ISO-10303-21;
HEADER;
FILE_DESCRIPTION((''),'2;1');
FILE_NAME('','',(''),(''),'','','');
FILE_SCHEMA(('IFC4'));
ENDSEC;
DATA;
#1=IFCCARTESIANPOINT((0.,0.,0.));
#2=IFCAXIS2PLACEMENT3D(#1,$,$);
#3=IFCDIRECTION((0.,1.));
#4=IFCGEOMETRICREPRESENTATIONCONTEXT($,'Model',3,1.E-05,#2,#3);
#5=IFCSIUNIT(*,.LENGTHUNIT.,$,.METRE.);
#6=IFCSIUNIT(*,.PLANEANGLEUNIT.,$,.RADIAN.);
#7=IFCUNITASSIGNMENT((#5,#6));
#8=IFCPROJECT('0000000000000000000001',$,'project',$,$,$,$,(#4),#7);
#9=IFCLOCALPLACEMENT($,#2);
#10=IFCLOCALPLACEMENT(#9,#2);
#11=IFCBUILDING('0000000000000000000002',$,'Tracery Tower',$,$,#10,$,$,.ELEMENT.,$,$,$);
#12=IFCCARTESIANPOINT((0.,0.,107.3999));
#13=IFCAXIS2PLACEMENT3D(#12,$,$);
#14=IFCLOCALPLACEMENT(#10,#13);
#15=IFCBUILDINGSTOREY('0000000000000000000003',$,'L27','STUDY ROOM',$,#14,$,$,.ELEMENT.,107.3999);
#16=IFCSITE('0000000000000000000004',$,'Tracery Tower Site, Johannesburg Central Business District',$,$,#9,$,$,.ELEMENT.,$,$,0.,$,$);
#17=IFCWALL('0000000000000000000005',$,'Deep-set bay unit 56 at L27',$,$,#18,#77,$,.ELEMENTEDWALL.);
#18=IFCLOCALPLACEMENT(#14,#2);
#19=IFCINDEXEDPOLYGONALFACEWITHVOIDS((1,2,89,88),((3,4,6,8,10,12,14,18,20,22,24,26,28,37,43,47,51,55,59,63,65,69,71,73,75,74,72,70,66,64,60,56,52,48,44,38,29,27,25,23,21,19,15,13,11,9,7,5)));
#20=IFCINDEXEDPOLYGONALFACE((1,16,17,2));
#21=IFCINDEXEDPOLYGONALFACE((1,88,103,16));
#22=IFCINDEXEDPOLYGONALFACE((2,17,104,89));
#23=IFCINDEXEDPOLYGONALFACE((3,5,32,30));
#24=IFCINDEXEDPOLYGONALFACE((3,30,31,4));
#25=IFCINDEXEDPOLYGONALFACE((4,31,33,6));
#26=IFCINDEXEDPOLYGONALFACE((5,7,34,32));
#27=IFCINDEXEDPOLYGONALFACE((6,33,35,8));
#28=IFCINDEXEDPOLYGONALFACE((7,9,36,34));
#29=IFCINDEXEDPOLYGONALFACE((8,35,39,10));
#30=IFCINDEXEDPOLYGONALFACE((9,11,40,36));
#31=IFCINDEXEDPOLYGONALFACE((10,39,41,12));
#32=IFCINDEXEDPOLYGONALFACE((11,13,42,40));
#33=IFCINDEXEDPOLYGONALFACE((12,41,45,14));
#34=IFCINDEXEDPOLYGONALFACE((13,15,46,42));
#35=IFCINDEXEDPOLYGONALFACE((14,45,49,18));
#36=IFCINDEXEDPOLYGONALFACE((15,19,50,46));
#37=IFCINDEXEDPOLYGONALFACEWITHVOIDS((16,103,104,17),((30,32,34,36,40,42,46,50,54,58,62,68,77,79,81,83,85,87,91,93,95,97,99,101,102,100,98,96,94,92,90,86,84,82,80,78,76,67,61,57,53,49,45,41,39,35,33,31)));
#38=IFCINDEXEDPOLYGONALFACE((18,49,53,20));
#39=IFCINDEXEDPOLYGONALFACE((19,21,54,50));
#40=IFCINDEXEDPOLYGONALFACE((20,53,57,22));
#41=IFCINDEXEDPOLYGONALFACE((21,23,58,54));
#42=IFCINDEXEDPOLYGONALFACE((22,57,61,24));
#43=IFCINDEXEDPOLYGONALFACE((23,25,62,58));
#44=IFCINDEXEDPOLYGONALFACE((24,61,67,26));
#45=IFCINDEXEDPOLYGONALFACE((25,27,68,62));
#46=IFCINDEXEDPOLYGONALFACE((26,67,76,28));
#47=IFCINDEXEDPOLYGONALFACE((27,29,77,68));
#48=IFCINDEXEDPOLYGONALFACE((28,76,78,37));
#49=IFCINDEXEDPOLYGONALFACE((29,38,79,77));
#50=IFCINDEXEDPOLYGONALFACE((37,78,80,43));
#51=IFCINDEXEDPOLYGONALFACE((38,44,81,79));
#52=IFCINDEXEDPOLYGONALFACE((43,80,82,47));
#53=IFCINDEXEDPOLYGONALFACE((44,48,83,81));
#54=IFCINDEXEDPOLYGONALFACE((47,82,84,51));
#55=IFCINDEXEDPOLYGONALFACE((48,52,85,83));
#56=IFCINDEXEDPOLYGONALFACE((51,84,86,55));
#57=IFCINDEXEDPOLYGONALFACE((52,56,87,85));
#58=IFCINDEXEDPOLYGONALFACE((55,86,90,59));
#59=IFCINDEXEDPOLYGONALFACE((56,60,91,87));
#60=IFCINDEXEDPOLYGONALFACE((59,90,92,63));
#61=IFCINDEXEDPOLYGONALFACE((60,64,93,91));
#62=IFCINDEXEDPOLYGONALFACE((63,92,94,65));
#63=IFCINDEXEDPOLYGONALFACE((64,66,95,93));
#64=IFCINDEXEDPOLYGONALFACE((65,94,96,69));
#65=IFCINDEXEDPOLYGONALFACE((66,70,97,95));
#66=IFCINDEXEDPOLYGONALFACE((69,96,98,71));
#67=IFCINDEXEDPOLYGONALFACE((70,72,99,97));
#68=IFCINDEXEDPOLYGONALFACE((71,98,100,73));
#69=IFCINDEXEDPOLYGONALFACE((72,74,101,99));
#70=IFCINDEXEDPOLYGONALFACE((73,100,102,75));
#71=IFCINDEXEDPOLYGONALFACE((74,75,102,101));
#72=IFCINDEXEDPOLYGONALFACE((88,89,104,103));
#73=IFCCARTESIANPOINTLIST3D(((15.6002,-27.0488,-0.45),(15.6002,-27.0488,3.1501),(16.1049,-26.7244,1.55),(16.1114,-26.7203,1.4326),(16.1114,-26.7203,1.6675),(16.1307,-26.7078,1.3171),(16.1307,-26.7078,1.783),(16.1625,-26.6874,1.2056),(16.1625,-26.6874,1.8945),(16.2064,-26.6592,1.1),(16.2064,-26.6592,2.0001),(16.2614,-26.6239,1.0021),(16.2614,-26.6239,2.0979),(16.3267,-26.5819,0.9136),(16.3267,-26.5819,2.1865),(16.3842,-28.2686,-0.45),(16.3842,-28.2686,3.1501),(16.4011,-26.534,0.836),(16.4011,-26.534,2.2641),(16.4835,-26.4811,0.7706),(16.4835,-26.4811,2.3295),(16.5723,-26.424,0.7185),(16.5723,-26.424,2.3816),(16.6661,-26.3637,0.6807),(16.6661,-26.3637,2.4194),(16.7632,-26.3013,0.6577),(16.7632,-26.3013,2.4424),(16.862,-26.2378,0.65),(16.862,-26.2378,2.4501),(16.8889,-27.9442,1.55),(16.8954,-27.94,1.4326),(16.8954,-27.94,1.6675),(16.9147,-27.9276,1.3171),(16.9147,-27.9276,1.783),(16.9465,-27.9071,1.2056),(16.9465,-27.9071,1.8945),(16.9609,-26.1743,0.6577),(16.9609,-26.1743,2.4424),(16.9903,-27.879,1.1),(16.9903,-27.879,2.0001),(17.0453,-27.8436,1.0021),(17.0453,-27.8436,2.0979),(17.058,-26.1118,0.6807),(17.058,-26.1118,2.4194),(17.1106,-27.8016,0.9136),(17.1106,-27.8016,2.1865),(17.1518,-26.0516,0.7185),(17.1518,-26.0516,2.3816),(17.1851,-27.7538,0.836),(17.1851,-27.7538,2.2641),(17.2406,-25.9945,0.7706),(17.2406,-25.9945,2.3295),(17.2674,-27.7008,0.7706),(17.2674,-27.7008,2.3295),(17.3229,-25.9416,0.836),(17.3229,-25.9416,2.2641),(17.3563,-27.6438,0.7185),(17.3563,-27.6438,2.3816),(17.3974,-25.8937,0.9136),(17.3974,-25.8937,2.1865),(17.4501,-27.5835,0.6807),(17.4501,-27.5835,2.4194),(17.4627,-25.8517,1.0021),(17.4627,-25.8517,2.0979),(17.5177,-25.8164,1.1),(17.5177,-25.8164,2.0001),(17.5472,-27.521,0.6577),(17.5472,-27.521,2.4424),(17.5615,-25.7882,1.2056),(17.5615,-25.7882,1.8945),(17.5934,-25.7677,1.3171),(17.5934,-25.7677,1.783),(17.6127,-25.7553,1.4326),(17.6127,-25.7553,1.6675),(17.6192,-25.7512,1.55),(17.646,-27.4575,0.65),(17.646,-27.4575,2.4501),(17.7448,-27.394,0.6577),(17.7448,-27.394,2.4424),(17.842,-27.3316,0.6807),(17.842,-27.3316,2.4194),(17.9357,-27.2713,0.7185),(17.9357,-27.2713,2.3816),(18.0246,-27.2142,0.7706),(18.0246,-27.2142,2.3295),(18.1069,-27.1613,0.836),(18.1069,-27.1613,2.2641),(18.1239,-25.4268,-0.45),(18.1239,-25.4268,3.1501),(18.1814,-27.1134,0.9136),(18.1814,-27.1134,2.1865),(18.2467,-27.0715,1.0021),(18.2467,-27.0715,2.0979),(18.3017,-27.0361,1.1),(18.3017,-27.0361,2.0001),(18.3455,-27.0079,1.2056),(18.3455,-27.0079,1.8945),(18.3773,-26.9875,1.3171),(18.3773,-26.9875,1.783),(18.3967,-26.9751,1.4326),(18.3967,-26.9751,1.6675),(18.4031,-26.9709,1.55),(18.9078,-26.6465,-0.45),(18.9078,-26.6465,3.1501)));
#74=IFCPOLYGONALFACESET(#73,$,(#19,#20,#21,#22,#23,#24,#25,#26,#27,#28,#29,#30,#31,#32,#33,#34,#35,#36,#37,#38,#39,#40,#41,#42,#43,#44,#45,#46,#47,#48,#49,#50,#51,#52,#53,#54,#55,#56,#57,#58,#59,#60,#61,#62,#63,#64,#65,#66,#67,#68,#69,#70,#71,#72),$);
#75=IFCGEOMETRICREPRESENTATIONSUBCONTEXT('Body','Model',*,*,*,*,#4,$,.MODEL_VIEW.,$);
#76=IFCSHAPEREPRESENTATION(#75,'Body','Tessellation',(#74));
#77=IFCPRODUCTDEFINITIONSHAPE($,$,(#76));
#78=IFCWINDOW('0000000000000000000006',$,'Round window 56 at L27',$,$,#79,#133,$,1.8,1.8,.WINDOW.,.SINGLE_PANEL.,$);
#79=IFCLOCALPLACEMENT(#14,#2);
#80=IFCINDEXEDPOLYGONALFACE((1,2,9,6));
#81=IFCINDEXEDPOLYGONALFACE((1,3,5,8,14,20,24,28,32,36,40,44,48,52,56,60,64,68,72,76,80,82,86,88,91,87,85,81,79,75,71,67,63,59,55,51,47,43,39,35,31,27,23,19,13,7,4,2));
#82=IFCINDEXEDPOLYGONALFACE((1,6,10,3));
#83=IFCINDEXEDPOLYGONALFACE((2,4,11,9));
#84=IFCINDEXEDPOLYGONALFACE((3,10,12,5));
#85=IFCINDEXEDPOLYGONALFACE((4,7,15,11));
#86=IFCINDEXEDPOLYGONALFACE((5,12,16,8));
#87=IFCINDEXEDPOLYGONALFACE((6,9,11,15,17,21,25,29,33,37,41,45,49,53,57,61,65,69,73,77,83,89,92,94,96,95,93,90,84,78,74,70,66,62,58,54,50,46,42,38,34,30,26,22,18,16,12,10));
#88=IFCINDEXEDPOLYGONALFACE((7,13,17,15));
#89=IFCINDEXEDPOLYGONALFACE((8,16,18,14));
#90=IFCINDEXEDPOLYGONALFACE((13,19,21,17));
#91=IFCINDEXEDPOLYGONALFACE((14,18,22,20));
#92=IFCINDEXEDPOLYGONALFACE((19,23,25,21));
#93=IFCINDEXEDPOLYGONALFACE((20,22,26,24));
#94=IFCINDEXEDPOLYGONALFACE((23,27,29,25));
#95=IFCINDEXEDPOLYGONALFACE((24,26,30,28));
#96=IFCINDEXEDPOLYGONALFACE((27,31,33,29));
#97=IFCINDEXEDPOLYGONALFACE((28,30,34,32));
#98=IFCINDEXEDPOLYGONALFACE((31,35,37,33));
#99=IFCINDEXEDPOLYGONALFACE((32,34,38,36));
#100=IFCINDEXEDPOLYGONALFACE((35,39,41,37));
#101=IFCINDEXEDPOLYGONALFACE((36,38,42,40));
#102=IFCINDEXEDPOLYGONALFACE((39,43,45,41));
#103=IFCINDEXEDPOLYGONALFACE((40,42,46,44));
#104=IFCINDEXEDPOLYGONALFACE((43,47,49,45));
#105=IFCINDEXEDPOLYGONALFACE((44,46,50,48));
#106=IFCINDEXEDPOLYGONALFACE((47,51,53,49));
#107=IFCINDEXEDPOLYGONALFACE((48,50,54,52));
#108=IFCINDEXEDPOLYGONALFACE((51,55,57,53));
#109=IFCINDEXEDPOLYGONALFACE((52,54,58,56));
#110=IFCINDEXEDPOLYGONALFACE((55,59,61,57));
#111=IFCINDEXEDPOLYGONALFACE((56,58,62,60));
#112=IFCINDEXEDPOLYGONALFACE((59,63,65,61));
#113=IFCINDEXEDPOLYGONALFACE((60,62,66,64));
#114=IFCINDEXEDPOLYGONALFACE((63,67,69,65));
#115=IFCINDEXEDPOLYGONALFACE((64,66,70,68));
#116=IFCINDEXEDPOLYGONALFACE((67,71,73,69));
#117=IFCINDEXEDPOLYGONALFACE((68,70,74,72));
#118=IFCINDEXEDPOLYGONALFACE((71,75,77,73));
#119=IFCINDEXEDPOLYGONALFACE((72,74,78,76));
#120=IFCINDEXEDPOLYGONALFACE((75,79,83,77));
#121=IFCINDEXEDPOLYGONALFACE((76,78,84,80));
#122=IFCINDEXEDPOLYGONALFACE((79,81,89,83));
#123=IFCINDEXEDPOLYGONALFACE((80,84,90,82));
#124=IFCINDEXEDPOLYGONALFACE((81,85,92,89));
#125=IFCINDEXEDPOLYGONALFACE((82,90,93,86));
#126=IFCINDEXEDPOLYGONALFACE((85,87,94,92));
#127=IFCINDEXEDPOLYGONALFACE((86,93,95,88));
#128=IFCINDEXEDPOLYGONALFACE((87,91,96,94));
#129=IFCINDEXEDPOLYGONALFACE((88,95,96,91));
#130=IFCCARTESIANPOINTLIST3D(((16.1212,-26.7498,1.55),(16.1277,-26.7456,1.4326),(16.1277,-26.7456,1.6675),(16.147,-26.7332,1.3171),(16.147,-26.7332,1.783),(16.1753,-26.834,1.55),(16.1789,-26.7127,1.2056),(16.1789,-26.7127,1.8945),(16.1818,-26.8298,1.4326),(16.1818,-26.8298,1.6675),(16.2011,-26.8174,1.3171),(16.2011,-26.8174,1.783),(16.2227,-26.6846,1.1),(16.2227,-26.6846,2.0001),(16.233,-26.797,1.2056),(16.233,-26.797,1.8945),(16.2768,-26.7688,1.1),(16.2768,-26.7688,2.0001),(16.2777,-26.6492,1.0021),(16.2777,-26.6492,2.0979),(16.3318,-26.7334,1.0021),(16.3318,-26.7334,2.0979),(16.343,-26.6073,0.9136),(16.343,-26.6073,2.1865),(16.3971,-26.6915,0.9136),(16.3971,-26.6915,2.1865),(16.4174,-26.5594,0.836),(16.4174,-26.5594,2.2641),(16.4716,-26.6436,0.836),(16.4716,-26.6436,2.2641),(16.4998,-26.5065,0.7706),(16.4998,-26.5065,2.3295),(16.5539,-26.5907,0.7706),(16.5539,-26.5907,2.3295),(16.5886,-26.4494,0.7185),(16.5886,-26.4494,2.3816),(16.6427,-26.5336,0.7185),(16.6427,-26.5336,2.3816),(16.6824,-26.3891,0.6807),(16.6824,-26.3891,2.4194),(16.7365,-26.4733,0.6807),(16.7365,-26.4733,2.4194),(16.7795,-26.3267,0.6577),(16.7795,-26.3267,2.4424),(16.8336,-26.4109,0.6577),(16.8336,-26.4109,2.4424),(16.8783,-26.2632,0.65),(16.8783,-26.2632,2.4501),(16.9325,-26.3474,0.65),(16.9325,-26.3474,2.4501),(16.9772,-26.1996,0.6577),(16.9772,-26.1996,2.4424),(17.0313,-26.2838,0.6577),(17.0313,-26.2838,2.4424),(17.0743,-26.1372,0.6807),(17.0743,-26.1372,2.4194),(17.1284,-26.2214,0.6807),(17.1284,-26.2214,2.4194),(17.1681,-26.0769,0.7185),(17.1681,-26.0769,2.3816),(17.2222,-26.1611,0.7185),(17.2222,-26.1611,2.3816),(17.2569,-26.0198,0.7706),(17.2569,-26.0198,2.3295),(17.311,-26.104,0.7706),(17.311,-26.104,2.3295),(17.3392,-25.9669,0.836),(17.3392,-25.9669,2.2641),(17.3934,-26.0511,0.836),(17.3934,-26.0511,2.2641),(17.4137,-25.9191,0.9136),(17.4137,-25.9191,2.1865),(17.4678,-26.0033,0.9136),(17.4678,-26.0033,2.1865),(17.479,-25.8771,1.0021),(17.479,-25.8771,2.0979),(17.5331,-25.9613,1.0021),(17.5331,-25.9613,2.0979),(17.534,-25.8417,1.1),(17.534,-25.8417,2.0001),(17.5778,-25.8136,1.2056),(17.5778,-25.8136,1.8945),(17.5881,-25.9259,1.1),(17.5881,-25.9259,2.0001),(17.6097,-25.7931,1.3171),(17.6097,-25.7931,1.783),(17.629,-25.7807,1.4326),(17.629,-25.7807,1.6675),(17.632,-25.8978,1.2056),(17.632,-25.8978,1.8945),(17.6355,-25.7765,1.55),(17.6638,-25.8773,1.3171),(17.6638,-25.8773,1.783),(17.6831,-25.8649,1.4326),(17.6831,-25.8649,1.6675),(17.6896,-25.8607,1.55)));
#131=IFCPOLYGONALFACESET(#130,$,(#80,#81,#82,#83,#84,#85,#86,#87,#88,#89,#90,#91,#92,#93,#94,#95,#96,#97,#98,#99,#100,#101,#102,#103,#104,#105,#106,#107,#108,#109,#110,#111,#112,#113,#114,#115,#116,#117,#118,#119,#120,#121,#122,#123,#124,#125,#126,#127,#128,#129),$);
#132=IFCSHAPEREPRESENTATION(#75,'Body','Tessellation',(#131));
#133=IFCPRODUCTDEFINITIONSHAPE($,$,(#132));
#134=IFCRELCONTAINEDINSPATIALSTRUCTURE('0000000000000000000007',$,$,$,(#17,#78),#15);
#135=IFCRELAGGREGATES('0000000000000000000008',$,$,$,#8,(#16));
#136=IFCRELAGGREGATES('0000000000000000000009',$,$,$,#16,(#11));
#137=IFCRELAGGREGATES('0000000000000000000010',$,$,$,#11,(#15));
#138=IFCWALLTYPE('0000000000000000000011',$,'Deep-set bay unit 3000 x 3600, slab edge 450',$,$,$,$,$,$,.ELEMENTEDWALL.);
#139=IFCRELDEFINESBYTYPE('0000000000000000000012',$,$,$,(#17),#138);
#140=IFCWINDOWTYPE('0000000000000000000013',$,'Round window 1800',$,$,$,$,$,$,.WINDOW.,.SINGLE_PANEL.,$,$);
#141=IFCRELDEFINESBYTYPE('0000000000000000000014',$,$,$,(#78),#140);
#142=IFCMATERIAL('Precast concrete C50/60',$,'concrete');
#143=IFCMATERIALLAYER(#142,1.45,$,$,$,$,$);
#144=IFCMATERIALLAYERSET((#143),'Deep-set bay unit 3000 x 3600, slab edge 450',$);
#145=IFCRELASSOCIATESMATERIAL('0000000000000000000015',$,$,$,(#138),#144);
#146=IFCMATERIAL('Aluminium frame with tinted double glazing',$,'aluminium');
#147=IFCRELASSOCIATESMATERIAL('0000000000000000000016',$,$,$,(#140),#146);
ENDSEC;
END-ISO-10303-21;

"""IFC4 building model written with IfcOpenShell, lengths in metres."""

from ifc_helpers import new_model, si_unit, direction, frame, frame_2d, origin, origin_2d, place, context, subcontext, project, spatial, rectangle, circle, extrude, material, layer, layer_set, type_object, element, fill, save


model = new_model("IFC4")

# Units and contexts
model_context = context("Model", 3, precision=1e-05, world=origin(), true_north=direction((0.0, 1.0)))
body_context = subcontext(model_context, "Body", "Model", "MODEL_VIEW")
ifc_project = project(units=[si_unit("LENGTHUNIT", "METRE"), si_unit("PLANEANGLEUNIT", "RADIAN")], contexts=[model_context])

# Site, building, storey
site_placement = place(None, origin())
site = spatial("IfcSite", under=ifc_project, at=site_placement, Name="Tracery Tower Site, Johannesburg Central Business District", CompositionType="ELEMENT", RefElevation=0.0)
building_placement = place(site_placement, origin())
building = spatial("IfcBuilding", under=site, at=building_placement, Name="Tracery Tower", CompositionType="ELEMENT")
storey_placement = place(building_placement, frame((0.0, 0.0, 107.3999)))
storey = spatial("IfcBuildingStorey", under=building, at=storey_placement, Name="L27", Description="STUDY ROOM", CompositionType="ELEMENT", Elevation=107.3999)

# Wall, opening, window
ifc_material_1 = material(Name="Precast concrete C50/60", Category="concrete")
ifc_layer_1 = layer(ifc_material_1, 1.45)
ifc_layer_set_1 = layer_set([ifc_layer_1], Name="Deep-set bay unit 3000 x 3600, slab edge 450")
wall_type_1 = type_object("IfcWallType", Name="Deep-set bay unit 3000 x 3600, slab edge 450", PredefinedType="ELEMENTEDWALL", material=ifc_layer_set_1)
wall_1_placement = place(storey_placement, frame((15.9922, -27.6587, -0.45), z_axis=(0.0, 0.0, 1.0), x_axis=(0.841223, 0.540688, 0.0)))
wall_1 = element("IfcWall", 1, at=wall_1_placement, inside=storey, type_object=wall_type_1, Name="Deep-set bay unit 56 at L27", PredefinedType="ELEMENTEDWALL", context=body_context, shape_type="SweptSolid", body=[
    extrude(rectangle(XDim=3.0, YDim=1.45, at=frame_2d((1.5, 0.0))), origin(), (0.0, 0.0, 1.0), 3.6001),
])
opening_1_placement = place(wall_1_placement, frame((1.5, 0.0, 2.0)))
opening_1 = element("IfcOpeningElement", 2, at=opening_1_placement, cuts=wall_1, PredefinedType="OPENING", context=body_context, shape_type="SweptSolid", body=[
    extrude(circle(Radius=0.9, at=origin_2d()), frame((0.0, 0.7349, 0.0), z_axis=(0.0, -1.0, 0.0), x_axis=(1.0, 0.0, 0.0)), (0.0, 0.0, 1.0), 1.47),
])
ifc_material_2 = material(Name="Aluminium frame with tinted double glazing", Category="aluminium")
window_type = type_object("IfcWindowType", Name="Round window 1800", PartitioningType="SINGLE_PANEL", PredefinedType="WINDOW", material=ifc_material_2)
window_1_placement = place(opening_1_placement, origin())
window_1 = element("IfcWindow", 3, at=window_1_placement, inside=storey, type_object=window_type, Name="Round window 56 at L27", OverallHeight=1.8, OverallWidth=1.8, PartitioningType="SINGLE_PANEL", PredefinedType="WINDOW", context=body_context, shape_type="SweptSolid", body=[
    extrude(circle(Radius=0.9, at=origin_2d()), frame((0.0, 0.6948, 0.0), z_axis=(0.0, -1.0, 0.0), x_axis=(1.0, 0.0, 0.0)), (0.0, 0.0, 1.0), 0.1001),
])
fill(opening_1, window_1)

save(model, "model.ifc")
